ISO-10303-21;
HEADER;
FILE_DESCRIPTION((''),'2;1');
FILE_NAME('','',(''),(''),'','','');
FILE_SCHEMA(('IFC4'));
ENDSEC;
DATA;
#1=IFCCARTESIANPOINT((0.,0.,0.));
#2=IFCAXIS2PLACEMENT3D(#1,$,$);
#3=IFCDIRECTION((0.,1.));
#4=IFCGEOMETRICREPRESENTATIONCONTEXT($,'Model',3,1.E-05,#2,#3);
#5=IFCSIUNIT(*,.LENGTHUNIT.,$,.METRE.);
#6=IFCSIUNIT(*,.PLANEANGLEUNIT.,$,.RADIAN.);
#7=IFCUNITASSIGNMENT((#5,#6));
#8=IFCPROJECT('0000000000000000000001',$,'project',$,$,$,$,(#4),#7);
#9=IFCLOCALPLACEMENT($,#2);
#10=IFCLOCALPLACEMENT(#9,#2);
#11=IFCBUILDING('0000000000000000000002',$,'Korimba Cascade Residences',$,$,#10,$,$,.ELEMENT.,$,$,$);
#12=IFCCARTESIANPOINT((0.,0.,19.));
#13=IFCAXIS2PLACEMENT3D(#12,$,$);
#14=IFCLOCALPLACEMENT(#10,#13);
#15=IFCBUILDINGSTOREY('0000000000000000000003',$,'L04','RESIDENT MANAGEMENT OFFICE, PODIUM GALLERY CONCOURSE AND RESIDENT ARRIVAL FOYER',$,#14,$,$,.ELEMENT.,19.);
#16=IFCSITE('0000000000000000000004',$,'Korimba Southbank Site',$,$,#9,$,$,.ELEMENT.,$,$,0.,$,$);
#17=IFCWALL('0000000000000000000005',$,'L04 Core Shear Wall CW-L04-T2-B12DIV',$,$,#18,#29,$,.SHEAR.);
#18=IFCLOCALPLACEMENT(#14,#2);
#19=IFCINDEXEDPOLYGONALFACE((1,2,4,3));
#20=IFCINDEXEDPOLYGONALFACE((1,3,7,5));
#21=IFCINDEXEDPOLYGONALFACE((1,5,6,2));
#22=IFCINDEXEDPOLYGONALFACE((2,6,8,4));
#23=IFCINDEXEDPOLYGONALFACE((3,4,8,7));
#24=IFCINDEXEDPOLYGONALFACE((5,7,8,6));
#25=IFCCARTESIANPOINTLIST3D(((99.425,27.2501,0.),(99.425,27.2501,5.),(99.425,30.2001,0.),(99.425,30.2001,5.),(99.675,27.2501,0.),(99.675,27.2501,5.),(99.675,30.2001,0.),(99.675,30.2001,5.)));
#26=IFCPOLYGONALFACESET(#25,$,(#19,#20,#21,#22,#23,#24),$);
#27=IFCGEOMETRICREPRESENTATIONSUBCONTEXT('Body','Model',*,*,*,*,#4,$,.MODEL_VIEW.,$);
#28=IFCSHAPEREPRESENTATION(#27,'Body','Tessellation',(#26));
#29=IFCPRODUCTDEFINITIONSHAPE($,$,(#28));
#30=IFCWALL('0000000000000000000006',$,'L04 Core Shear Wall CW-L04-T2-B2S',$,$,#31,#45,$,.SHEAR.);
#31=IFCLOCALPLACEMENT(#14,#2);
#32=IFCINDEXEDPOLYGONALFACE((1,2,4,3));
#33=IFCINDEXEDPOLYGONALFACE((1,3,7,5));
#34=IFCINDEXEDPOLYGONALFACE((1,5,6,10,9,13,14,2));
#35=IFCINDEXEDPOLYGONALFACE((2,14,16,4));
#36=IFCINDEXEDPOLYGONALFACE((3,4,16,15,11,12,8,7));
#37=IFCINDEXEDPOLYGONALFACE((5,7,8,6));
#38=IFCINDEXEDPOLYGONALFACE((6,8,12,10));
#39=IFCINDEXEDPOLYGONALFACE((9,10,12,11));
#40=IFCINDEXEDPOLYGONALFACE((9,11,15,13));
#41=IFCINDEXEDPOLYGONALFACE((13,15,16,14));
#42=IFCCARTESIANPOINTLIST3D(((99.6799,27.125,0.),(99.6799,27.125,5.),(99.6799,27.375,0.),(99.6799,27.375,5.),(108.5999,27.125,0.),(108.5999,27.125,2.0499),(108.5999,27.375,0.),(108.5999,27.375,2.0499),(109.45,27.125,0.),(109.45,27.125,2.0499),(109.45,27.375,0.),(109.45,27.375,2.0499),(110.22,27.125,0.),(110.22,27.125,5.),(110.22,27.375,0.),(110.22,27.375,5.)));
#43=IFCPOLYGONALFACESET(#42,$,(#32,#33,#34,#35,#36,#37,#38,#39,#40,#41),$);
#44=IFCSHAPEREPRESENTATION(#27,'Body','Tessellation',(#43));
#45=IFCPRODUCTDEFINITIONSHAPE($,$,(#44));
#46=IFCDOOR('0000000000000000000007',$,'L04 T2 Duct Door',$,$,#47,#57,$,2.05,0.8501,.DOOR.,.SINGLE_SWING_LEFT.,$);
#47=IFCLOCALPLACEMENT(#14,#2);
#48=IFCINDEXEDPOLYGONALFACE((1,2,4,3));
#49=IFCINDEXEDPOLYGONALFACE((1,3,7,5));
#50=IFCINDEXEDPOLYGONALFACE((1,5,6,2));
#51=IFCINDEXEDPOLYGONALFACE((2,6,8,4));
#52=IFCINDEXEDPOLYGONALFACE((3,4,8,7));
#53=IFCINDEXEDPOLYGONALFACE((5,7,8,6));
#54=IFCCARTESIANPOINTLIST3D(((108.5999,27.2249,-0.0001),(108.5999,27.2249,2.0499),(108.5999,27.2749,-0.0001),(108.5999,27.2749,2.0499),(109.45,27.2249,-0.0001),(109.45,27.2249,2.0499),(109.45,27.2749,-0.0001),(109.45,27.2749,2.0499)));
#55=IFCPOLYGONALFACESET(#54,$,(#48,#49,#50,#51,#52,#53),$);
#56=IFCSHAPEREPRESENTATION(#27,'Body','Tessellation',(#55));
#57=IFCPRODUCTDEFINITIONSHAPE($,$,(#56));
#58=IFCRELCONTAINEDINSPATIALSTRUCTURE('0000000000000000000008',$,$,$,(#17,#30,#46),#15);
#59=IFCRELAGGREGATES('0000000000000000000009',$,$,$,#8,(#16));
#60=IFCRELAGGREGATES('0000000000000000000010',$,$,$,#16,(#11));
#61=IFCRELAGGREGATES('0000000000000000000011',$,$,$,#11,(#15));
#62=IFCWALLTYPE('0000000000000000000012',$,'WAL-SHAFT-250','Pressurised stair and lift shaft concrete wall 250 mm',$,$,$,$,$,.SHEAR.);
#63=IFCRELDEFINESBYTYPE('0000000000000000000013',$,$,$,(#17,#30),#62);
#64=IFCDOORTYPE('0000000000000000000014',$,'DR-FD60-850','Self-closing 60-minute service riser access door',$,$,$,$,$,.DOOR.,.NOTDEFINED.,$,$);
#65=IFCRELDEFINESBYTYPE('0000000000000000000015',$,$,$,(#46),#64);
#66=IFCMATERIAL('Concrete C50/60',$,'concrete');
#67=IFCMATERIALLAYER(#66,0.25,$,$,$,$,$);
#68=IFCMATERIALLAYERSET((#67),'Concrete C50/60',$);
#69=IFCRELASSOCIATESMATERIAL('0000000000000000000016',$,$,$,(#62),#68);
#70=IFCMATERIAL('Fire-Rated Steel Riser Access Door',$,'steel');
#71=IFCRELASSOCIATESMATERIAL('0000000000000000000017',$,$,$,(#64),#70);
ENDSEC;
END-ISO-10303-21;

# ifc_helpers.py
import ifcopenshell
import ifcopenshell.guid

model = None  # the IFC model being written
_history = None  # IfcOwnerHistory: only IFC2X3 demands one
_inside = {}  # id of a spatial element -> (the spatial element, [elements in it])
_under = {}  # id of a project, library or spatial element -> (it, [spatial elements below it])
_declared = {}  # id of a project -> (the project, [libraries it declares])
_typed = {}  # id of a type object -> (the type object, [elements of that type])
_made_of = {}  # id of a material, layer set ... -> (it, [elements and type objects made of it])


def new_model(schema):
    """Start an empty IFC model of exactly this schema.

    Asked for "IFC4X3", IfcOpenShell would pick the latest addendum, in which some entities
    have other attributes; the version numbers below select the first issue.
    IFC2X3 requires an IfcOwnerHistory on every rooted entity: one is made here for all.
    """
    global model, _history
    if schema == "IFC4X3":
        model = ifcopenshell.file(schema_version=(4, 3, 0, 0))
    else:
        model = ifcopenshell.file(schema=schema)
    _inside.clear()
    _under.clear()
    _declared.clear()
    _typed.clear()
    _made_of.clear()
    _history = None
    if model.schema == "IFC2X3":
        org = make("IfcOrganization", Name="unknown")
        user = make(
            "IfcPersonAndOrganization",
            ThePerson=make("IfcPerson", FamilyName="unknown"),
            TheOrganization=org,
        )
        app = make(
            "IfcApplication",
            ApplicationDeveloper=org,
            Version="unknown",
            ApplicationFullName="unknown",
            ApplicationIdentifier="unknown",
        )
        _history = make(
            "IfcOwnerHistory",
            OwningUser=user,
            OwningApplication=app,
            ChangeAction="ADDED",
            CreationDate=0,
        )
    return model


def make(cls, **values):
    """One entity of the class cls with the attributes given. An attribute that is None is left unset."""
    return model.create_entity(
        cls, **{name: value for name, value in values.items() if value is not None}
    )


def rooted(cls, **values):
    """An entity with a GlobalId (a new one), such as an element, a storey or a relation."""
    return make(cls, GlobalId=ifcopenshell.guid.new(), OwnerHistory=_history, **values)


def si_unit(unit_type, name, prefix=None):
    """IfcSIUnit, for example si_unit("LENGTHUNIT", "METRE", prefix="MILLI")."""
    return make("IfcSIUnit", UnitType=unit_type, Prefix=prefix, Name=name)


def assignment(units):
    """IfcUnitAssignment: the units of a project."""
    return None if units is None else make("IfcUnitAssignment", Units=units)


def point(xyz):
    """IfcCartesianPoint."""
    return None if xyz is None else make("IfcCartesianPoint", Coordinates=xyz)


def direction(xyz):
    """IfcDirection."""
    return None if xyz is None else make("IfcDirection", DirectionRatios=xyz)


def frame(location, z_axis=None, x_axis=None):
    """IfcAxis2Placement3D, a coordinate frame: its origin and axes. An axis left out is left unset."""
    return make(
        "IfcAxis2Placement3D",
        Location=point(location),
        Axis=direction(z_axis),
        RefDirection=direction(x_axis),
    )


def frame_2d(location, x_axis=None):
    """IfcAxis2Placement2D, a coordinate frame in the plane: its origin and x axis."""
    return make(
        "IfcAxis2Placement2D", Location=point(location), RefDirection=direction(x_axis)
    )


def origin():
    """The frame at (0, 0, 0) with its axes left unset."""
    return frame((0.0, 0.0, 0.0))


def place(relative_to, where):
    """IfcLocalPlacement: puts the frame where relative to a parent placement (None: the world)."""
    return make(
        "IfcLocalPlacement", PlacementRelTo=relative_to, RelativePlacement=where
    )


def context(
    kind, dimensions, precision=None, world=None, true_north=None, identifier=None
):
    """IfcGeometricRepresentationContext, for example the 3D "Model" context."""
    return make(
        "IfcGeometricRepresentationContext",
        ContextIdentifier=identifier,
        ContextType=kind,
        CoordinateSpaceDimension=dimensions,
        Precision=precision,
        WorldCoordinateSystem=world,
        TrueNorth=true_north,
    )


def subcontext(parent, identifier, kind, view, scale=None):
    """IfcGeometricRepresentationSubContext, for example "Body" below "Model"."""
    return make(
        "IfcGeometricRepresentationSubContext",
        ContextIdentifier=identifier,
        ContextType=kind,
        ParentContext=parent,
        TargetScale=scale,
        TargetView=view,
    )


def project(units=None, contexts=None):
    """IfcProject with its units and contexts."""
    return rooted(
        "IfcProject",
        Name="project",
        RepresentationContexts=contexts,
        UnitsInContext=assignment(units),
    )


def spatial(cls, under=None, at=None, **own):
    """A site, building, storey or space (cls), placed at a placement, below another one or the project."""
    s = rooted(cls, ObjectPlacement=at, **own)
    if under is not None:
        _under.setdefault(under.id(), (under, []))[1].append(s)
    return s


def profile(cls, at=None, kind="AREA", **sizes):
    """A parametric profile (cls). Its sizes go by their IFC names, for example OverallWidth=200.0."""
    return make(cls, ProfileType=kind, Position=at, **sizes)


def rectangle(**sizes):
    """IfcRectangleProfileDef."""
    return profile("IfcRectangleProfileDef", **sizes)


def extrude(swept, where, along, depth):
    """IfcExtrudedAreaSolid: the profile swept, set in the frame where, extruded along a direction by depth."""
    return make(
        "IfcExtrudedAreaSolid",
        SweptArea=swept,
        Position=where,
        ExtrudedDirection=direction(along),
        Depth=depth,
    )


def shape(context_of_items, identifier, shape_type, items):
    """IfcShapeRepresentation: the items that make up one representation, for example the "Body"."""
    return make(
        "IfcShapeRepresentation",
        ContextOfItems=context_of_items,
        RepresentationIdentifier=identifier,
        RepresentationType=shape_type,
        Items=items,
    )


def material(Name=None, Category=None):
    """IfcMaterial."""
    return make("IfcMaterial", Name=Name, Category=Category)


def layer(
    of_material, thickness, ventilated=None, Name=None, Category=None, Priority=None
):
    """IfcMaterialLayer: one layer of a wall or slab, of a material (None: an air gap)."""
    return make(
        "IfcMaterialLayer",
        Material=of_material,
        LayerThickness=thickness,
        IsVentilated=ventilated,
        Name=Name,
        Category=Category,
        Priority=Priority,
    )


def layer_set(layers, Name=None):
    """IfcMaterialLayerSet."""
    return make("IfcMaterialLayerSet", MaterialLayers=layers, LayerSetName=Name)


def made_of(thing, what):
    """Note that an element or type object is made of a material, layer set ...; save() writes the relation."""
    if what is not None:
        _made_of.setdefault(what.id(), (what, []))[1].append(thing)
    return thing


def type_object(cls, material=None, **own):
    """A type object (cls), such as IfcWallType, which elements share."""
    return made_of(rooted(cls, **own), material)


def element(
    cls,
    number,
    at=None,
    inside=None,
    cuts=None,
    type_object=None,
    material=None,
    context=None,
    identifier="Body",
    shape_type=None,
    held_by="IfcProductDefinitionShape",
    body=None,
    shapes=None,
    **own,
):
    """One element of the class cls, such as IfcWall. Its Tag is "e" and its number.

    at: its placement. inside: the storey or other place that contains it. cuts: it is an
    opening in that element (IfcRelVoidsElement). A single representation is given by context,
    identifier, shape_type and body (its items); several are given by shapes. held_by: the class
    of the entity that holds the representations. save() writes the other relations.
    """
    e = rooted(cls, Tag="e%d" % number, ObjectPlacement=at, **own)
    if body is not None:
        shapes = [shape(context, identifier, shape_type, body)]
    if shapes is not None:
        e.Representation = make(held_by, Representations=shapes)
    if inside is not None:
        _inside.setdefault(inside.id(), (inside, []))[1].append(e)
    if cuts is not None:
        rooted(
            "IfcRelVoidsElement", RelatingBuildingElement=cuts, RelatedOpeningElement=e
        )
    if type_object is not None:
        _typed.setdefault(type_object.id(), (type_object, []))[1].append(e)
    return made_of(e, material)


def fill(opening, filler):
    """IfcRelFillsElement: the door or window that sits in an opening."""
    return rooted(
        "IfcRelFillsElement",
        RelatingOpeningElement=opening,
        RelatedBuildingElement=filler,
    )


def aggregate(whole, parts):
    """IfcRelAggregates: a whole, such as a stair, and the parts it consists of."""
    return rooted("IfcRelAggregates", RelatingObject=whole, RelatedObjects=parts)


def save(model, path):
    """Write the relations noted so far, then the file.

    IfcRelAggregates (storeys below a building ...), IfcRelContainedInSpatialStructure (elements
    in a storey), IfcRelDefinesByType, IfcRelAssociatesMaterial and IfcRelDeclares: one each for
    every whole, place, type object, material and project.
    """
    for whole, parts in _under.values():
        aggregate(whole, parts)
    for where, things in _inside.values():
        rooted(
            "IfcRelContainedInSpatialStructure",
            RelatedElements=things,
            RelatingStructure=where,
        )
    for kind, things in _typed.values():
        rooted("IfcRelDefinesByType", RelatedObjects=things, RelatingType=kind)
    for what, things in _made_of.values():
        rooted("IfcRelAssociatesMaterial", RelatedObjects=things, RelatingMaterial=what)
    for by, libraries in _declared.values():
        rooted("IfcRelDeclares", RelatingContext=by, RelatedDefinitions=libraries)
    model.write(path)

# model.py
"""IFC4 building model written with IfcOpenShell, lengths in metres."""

from ifc_helpers import new_model, si_unit, direction, frame, frame_2d, origin, place, context, subcontext, project, spatial, rectangle, extrude, material, layer, layer_set, type_object, element, fill, save


model = new_model("IFC4")

# Units and contexts
model_context = context("Model", 3, precision=1e-05, world=origin(), true_north=direction((0.0, 1.0)))
body_context = subcontext(model_context, "Body", "Model", "MODEL_VIEW")
ifc_project = project(units=[si_unit("LENGTHUNIT", "METRE"), si_unit("PLANEANGLEUNIT", "RADIAN")], contexts=[model_context])

# Site, building, storey
site_placement = place(None, origin())
site = spatial("IfcSite", under=ifc_project, at=site_placement, Name="Korimba Southbank Site", CompositionType="ELEMENT", RefElevation=0.0)
building_placement = place(site_placement, origin())
building = spatial("IfcBuilding", under=site, at=building_placement, Name="Korimba Cascade Residences", CompositionType="ELEMENT")
storey_placement = place(building_placement, frame((0.0, 0.0, 19.0)))
storey = spatial("IfcBuildingStorey", under=building, at=storey_placement, Name="L04", Description="RESIDENT MANAGEMENT OFFICE, PODIUM GALLERY CONCOURSE AND RESIDENT ARRIVAL FOYER", CompositionType="ELEMENT", Elevation=19.0)

# Wall
ifc_material_1 = material(Name="Concrete C50/60", Category="concrete")
ifc_layer_1 = layer(ifc_material_1, 0.25)
ifc_layer_set_1 = layer_set([ifc_layer_1], Name="Concrete C50/60")
wall_type_1 = type_object("IfcWallType", Name="WAL-SHAFT-250", Description="Pressurised stair and lift shaft concrete wall 250 mm", PredefinedType="SHEAR", material=ifc_layer_set_1)
wall_1_placement = place(storey_placement, frame((99.55, 27.25, 0.0), z_axis=(0.0, 0.0, 1.0), x_axis=(0.0, 1.0, 0.0)))
element("IfcWall", 1, at=wall_1_placement, inside=storey, type_object=wall_type_1, Name="L04 Core Shear Wall CW-L04-T2-B12DIV", PredefinedType="SHEAR", context=body_context, shape_type="SweptSolid", body=[
    extrude(rectangle(XDim=2.95, YDim=0.25, at=frame_2d((1.4751, 0.0))), origin(), (0.0, 0.0, 1.0), 5.0),
])

# Wall, opening, door
wall_2_placement = place(storey_placement, frame((99.6799, 27.25, 0.0), z_axis=(0.0, 0.0, 1.0), x_axis=(1.0, 0.0, 0.0)))
wall_2 = element("IfcWall", 2, at=wall_2_placement, inside=storey, type_object=wall_type_1, Name="L04 Core Shear Wall CW-L04-T2-B2S", PredefinedType="SHEAR", context=body_context, shape_type="SweptSolid", body=[
    extrude(rectangle(XDim=10.54, YDim=0.25, at=frame_2d((5.27, 0.0))), origin(), (0.0, 0.0, 1.0), 5.0),
])
opening_1_placement = place(wall_2_placement, frame((8.9199, 0.0, 0.0)))
opening_1 = element("IfcOpeningElement", 3, at=opening_1_placement, cuts=wall_2, PredefinedType="OPENING", context=body_context, shape_type="SweptSolid", body=[
    extrude(rectangle(XDim=0.8501, YDim=2.05, at=frame_2d((0.425, 1.0249))), frame((0.0, 0.135, 0.0), z_axis=(0.0, -1.0, 0.0), x_axis=(1.0, 0.0, 0.0)), (0.0, 0.0, 1.0), 0.27),
])
ifc_material_2 = material(Name="Fire-Rated Steel Riser Access Door", Category="steel")
door_type_1 = type_object("IfcDoorType", Name="DR-FD60-850", Description="Self-closing 60-minute service riser access door", OperationType="NOTDEFINED", PredefinedType="DOOR", material=ifc_material_2)
door_1_placement = place(opening_1_placement, origin())
door_1 = element("IfcDoor", 4, at=door_1_placement, inside=storey, type_object=door_type_1, Name="L04 T2 Duct Door", OperationType="SINGLE_SWING_LEFT", OverallHeight=2.05, OverallWidth=0.8501, PredefinedType="DOOR", context=body_context, shape_type="SweptSolid", body=[
    extrude(rectangle(XDim=0.8501, YDim=2.05, at=frame_2d((0.425, 1.0249))), frame((0.0, 0.0249, 0.0), z_axis=(0.0, -1.0, 0.0), x_axis=(1.0, 0.0, 0.0)), (0.0, 0.0, 1.0), 0.05),
])
fill(opening_1, door_1)

save(model, "model.ifc")
